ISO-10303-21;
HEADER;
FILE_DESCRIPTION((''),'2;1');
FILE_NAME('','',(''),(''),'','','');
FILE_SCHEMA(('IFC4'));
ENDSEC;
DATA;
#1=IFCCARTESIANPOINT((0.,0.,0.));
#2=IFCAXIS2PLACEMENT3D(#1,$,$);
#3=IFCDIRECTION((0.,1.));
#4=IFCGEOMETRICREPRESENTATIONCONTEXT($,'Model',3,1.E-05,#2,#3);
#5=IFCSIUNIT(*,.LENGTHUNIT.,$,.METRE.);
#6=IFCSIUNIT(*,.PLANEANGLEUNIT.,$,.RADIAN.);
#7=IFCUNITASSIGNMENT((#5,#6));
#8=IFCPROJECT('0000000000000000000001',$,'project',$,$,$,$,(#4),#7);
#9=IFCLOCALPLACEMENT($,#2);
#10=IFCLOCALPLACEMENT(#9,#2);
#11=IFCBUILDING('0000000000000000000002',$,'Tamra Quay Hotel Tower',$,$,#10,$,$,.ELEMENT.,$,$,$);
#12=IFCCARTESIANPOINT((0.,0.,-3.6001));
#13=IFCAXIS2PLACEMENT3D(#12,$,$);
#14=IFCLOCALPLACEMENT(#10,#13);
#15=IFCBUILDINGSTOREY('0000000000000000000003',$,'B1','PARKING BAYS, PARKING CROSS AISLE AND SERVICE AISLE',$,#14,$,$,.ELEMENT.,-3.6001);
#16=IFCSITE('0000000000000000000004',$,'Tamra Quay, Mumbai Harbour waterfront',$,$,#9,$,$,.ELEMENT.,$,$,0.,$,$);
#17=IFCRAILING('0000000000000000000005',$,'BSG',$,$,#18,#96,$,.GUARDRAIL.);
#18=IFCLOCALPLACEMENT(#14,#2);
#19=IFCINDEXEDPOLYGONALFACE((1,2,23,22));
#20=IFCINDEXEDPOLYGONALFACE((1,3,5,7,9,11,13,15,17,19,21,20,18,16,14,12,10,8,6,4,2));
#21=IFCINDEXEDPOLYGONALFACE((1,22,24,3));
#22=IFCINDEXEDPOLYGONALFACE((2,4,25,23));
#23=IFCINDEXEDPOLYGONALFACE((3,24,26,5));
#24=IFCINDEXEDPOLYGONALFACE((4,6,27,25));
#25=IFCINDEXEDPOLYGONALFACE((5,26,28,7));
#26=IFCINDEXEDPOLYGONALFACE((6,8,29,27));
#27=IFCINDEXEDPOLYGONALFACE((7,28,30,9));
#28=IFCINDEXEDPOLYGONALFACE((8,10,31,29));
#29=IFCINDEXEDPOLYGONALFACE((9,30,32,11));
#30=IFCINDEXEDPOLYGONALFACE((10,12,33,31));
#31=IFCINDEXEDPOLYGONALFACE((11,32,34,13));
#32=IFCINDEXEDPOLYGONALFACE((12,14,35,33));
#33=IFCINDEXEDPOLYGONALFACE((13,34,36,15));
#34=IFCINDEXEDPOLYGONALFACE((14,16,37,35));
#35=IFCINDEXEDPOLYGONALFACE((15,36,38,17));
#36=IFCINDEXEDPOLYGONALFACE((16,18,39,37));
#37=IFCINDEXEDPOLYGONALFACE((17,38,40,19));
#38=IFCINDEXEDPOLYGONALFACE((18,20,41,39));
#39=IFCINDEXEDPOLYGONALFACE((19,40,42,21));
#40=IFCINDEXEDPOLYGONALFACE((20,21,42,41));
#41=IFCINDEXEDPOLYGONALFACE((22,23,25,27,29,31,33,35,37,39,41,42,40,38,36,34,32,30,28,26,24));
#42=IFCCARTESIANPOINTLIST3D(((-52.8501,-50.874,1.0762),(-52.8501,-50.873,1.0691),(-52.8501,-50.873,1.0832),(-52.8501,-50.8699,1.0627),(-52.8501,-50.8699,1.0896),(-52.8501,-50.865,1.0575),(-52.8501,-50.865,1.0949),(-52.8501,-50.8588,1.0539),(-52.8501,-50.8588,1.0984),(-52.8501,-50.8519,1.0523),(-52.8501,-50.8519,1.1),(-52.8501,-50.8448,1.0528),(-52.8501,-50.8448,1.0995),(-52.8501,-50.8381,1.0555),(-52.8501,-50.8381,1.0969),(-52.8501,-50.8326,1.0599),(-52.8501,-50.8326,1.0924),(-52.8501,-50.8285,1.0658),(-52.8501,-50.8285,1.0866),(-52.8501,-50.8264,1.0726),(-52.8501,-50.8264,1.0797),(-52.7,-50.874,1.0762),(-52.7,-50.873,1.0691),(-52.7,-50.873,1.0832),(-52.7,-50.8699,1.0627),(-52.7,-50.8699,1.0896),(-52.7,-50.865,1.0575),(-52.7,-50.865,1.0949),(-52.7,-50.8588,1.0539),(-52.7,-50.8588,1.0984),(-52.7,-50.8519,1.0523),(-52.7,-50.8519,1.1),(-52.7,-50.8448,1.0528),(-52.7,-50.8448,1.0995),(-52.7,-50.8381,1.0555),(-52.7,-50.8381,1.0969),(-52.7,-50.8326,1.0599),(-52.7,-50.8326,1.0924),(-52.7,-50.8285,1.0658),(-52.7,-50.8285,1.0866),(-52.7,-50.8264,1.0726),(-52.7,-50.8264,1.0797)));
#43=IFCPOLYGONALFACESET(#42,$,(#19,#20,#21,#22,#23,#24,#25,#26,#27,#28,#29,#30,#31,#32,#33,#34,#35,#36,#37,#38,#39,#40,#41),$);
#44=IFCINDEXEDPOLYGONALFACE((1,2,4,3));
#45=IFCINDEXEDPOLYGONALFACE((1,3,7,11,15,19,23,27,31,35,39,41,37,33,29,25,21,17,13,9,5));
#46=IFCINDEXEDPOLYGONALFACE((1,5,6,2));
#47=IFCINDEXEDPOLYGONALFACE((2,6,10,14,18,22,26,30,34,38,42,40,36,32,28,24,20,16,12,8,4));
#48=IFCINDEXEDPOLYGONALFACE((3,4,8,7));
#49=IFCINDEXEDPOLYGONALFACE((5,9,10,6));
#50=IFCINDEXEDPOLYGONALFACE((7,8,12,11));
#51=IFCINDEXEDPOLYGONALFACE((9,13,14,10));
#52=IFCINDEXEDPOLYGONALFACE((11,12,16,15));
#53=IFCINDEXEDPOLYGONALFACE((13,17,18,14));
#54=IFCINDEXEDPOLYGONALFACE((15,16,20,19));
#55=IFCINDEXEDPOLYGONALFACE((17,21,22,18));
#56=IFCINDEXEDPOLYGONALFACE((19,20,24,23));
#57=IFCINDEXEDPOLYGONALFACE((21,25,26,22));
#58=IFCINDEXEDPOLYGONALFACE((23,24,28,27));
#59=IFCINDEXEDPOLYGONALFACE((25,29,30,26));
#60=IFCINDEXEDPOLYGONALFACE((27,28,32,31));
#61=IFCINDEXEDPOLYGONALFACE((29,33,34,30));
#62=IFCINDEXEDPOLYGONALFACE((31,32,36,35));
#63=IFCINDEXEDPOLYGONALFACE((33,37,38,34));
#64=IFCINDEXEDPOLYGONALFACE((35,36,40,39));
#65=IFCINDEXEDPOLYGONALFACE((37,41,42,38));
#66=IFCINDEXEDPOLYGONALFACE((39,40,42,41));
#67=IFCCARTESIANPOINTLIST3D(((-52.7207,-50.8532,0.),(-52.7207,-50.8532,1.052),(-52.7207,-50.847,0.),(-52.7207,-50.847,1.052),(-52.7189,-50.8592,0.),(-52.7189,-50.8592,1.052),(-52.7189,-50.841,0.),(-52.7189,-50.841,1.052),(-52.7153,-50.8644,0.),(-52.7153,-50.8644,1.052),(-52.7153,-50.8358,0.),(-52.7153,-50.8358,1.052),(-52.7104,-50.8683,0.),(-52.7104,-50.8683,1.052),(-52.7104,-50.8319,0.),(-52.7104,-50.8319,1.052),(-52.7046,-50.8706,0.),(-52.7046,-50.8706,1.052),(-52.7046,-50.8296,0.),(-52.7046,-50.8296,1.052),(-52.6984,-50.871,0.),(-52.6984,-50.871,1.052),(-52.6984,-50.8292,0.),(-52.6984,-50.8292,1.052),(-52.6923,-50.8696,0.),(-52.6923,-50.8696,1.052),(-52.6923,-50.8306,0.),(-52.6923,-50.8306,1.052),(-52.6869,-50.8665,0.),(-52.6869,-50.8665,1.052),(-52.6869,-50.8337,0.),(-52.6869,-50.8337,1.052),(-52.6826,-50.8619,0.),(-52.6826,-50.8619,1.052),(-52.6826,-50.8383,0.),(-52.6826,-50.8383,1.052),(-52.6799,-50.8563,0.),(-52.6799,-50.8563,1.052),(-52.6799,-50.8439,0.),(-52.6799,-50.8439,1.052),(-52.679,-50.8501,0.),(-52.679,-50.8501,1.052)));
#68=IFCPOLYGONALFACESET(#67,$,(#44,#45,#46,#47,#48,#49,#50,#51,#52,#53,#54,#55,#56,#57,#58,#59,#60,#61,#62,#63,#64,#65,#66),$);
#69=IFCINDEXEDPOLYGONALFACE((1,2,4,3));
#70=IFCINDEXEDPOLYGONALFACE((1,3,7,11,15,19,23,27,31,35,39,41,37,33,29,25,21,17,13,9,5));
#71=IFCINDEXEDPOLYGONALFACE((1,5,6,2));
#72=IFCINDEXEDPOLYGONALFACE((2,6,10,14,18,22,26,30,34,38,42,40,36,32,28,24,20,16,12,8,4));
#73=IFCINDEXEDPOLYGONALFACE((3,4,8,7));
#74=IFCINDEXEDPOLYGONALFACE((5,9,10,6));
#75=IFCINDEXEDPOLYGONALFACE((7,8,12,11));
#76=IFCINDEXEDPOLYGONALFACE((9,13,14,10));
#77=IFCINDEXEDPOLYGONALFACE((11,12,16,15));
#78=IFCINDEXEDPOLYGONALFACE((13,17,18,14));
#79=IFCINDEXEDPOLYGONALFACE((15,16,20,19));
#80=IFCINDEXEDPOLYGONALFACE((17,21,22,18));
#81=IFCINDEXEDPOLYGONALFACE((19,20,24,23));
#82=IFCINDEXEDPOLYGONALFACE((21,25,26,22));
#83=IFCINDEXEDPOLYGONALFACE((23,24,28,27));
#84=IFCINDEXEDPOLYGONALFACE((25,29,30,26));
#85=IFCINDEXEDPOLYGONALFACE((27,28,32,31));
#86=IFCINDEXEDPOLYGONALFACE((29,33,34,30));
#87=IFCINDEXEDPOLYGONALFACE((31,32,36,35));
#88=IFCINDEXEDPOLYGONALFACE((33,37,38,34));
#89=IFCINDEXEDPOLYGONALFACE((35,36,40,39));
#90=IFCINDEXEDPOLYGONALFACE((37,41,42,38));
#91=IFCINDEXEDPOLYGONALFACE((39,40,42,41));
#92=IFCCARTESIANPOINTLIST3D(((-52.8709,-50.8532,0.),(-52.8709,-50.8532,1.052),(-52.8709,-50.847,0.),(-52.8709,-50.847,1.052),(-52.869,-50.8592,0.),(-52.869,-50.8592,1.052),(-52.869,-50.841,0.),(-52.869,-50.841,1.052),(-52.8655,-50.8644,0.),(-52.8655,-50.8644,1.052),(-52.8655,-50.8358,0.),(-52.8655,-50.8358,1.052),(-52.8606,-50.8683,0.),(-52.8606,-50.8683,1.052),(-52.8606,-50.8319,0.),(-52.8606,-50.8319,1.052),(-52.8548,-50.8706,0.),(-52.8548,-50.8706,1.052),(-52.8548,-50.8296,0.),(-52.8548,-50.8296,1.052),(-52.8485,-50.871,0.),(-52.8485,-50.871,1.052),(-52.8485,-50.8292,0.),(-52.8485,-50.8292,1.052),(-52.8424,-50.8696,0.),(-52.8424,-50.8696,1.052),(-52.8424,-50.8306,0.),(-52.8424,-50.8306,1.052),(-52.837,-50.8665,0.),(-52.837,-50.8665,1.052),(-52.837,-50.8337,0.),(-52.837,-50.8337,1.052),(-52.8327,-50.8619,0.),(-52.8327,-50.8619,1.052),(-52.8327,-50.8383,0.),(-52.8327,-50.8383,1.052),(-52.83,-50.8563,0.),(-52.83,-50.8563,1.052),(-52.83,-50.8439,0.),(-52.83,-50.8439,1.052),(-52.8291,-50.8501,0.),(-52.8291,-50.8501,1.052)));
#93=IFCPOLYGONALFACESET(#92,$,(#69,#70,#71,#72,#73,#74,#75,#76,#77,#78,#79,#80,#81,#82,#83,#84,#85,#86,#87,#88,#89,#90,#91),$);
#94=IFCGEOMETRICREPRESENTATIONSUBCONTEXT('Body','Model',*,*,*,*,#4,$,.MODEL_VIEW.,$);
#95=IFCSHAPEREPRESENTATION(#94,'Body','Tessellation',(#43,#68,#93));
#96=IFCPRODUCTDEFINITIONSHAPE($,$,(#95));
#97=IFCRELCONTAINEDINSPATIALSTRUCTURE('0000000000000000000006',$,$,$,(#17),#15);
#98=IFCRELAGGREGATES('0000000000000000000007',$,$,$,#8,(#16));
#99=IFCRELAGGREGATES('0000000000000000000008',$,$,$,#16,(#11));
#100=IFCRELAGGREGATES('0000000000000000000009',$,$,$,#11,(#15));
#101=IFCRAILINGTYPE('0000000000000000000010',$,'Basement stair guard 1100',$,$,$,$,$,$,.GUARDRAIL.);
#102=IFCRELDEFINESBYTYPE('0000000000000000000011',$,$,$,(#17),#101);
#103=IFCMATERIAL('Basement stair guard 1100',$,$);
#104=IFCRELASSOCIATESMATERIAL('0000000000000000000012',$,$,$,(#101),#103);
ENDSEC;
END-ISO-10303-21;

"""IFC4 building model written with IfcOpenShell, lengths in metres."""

from ifc_helpers import new_model, si_unit, direction, frame, origin, origin_2d, place, context, subcontext, project, spatial, circle, extrude, material, type_object, element, save


model = new_model("IFC4")

# Units and contexts
model_context = context("Model", 3, precision=1e-05, world=origin(), true_north=direction((0.0, 1.0)))
body_context = subcontext(model_context, "Body", "Model", "MODEL_VIEW")
ifc_project = project(units=[si_unit("LENGTHUNIT", "METRE"), si_unit("PLANEANGLEUNIT", "RADIAN")], contexts=[model_context])

# Site, building, storey
site_placement = place(None, origin())
site = spatial("IfcSite", under=ifc_project, at=site_placement, Name="Tamra Quay, Mumbai Harbour waterfront", CompositionType="ELEMENT", RefElevation=0.0)
building_placement = place(site_placement, origin())
building = spatial("IfcBuilding", under=site, at=building_placement, Name="Tamra Quay Hotel Tower", CompositionType="ELEMENT")
storey_placement = place(building_placement, frame((0.0, 0.0, -3.6001)))
storey = spatial("IfcBuildingStorey", under=building, at=storey_placement, Name="B1", Description="PARKING BAYS, PARKING CROSS AISLE AND SERVICE AISLE", CompositionType="ELEMENT", Elevation=-3.6001)

# Railing
ifc_material_1 = material(Name="Basement stair guard 1100")
railing_type_1 = type_object("IfcRailingType", Name="Basement stair guard 1100", PredefinedType="GUARDRAIL", material=ifc_material_1)
railing_1_placement = place(storey_placement, frame((-52.7, -50.8501, 0.0)))
element("IfcRailing", 1, at=railing_1_placement, inside=storey, type_object=railing_type_1, Name="BSG", PredefinedType="GUARDRAIL", context=body_context, shape_type="SweptSolid", body=[
    extrude(circle(Radius=0.0239, at=origin_2d()), frame((0.0, 0.0, 1.0762), z_axis=(-1.0, 0.0, 0.0), x_axis=(0.0, -1.0, 0.0)), (0.0, 0.0, 1.0), 0.1501),
    extrude(circle(Radius=0.021, at=origin_2d()), origin(), (0.0, 0.0, 1.0), 1.052),
    extrude(circle(Radius=0.021, at=origin_2d()), frame((-0.1501, 0.0, 0.0)), (0.0, 0.0, 1.0), 1.052),
])

save(model, "model.ifc")
